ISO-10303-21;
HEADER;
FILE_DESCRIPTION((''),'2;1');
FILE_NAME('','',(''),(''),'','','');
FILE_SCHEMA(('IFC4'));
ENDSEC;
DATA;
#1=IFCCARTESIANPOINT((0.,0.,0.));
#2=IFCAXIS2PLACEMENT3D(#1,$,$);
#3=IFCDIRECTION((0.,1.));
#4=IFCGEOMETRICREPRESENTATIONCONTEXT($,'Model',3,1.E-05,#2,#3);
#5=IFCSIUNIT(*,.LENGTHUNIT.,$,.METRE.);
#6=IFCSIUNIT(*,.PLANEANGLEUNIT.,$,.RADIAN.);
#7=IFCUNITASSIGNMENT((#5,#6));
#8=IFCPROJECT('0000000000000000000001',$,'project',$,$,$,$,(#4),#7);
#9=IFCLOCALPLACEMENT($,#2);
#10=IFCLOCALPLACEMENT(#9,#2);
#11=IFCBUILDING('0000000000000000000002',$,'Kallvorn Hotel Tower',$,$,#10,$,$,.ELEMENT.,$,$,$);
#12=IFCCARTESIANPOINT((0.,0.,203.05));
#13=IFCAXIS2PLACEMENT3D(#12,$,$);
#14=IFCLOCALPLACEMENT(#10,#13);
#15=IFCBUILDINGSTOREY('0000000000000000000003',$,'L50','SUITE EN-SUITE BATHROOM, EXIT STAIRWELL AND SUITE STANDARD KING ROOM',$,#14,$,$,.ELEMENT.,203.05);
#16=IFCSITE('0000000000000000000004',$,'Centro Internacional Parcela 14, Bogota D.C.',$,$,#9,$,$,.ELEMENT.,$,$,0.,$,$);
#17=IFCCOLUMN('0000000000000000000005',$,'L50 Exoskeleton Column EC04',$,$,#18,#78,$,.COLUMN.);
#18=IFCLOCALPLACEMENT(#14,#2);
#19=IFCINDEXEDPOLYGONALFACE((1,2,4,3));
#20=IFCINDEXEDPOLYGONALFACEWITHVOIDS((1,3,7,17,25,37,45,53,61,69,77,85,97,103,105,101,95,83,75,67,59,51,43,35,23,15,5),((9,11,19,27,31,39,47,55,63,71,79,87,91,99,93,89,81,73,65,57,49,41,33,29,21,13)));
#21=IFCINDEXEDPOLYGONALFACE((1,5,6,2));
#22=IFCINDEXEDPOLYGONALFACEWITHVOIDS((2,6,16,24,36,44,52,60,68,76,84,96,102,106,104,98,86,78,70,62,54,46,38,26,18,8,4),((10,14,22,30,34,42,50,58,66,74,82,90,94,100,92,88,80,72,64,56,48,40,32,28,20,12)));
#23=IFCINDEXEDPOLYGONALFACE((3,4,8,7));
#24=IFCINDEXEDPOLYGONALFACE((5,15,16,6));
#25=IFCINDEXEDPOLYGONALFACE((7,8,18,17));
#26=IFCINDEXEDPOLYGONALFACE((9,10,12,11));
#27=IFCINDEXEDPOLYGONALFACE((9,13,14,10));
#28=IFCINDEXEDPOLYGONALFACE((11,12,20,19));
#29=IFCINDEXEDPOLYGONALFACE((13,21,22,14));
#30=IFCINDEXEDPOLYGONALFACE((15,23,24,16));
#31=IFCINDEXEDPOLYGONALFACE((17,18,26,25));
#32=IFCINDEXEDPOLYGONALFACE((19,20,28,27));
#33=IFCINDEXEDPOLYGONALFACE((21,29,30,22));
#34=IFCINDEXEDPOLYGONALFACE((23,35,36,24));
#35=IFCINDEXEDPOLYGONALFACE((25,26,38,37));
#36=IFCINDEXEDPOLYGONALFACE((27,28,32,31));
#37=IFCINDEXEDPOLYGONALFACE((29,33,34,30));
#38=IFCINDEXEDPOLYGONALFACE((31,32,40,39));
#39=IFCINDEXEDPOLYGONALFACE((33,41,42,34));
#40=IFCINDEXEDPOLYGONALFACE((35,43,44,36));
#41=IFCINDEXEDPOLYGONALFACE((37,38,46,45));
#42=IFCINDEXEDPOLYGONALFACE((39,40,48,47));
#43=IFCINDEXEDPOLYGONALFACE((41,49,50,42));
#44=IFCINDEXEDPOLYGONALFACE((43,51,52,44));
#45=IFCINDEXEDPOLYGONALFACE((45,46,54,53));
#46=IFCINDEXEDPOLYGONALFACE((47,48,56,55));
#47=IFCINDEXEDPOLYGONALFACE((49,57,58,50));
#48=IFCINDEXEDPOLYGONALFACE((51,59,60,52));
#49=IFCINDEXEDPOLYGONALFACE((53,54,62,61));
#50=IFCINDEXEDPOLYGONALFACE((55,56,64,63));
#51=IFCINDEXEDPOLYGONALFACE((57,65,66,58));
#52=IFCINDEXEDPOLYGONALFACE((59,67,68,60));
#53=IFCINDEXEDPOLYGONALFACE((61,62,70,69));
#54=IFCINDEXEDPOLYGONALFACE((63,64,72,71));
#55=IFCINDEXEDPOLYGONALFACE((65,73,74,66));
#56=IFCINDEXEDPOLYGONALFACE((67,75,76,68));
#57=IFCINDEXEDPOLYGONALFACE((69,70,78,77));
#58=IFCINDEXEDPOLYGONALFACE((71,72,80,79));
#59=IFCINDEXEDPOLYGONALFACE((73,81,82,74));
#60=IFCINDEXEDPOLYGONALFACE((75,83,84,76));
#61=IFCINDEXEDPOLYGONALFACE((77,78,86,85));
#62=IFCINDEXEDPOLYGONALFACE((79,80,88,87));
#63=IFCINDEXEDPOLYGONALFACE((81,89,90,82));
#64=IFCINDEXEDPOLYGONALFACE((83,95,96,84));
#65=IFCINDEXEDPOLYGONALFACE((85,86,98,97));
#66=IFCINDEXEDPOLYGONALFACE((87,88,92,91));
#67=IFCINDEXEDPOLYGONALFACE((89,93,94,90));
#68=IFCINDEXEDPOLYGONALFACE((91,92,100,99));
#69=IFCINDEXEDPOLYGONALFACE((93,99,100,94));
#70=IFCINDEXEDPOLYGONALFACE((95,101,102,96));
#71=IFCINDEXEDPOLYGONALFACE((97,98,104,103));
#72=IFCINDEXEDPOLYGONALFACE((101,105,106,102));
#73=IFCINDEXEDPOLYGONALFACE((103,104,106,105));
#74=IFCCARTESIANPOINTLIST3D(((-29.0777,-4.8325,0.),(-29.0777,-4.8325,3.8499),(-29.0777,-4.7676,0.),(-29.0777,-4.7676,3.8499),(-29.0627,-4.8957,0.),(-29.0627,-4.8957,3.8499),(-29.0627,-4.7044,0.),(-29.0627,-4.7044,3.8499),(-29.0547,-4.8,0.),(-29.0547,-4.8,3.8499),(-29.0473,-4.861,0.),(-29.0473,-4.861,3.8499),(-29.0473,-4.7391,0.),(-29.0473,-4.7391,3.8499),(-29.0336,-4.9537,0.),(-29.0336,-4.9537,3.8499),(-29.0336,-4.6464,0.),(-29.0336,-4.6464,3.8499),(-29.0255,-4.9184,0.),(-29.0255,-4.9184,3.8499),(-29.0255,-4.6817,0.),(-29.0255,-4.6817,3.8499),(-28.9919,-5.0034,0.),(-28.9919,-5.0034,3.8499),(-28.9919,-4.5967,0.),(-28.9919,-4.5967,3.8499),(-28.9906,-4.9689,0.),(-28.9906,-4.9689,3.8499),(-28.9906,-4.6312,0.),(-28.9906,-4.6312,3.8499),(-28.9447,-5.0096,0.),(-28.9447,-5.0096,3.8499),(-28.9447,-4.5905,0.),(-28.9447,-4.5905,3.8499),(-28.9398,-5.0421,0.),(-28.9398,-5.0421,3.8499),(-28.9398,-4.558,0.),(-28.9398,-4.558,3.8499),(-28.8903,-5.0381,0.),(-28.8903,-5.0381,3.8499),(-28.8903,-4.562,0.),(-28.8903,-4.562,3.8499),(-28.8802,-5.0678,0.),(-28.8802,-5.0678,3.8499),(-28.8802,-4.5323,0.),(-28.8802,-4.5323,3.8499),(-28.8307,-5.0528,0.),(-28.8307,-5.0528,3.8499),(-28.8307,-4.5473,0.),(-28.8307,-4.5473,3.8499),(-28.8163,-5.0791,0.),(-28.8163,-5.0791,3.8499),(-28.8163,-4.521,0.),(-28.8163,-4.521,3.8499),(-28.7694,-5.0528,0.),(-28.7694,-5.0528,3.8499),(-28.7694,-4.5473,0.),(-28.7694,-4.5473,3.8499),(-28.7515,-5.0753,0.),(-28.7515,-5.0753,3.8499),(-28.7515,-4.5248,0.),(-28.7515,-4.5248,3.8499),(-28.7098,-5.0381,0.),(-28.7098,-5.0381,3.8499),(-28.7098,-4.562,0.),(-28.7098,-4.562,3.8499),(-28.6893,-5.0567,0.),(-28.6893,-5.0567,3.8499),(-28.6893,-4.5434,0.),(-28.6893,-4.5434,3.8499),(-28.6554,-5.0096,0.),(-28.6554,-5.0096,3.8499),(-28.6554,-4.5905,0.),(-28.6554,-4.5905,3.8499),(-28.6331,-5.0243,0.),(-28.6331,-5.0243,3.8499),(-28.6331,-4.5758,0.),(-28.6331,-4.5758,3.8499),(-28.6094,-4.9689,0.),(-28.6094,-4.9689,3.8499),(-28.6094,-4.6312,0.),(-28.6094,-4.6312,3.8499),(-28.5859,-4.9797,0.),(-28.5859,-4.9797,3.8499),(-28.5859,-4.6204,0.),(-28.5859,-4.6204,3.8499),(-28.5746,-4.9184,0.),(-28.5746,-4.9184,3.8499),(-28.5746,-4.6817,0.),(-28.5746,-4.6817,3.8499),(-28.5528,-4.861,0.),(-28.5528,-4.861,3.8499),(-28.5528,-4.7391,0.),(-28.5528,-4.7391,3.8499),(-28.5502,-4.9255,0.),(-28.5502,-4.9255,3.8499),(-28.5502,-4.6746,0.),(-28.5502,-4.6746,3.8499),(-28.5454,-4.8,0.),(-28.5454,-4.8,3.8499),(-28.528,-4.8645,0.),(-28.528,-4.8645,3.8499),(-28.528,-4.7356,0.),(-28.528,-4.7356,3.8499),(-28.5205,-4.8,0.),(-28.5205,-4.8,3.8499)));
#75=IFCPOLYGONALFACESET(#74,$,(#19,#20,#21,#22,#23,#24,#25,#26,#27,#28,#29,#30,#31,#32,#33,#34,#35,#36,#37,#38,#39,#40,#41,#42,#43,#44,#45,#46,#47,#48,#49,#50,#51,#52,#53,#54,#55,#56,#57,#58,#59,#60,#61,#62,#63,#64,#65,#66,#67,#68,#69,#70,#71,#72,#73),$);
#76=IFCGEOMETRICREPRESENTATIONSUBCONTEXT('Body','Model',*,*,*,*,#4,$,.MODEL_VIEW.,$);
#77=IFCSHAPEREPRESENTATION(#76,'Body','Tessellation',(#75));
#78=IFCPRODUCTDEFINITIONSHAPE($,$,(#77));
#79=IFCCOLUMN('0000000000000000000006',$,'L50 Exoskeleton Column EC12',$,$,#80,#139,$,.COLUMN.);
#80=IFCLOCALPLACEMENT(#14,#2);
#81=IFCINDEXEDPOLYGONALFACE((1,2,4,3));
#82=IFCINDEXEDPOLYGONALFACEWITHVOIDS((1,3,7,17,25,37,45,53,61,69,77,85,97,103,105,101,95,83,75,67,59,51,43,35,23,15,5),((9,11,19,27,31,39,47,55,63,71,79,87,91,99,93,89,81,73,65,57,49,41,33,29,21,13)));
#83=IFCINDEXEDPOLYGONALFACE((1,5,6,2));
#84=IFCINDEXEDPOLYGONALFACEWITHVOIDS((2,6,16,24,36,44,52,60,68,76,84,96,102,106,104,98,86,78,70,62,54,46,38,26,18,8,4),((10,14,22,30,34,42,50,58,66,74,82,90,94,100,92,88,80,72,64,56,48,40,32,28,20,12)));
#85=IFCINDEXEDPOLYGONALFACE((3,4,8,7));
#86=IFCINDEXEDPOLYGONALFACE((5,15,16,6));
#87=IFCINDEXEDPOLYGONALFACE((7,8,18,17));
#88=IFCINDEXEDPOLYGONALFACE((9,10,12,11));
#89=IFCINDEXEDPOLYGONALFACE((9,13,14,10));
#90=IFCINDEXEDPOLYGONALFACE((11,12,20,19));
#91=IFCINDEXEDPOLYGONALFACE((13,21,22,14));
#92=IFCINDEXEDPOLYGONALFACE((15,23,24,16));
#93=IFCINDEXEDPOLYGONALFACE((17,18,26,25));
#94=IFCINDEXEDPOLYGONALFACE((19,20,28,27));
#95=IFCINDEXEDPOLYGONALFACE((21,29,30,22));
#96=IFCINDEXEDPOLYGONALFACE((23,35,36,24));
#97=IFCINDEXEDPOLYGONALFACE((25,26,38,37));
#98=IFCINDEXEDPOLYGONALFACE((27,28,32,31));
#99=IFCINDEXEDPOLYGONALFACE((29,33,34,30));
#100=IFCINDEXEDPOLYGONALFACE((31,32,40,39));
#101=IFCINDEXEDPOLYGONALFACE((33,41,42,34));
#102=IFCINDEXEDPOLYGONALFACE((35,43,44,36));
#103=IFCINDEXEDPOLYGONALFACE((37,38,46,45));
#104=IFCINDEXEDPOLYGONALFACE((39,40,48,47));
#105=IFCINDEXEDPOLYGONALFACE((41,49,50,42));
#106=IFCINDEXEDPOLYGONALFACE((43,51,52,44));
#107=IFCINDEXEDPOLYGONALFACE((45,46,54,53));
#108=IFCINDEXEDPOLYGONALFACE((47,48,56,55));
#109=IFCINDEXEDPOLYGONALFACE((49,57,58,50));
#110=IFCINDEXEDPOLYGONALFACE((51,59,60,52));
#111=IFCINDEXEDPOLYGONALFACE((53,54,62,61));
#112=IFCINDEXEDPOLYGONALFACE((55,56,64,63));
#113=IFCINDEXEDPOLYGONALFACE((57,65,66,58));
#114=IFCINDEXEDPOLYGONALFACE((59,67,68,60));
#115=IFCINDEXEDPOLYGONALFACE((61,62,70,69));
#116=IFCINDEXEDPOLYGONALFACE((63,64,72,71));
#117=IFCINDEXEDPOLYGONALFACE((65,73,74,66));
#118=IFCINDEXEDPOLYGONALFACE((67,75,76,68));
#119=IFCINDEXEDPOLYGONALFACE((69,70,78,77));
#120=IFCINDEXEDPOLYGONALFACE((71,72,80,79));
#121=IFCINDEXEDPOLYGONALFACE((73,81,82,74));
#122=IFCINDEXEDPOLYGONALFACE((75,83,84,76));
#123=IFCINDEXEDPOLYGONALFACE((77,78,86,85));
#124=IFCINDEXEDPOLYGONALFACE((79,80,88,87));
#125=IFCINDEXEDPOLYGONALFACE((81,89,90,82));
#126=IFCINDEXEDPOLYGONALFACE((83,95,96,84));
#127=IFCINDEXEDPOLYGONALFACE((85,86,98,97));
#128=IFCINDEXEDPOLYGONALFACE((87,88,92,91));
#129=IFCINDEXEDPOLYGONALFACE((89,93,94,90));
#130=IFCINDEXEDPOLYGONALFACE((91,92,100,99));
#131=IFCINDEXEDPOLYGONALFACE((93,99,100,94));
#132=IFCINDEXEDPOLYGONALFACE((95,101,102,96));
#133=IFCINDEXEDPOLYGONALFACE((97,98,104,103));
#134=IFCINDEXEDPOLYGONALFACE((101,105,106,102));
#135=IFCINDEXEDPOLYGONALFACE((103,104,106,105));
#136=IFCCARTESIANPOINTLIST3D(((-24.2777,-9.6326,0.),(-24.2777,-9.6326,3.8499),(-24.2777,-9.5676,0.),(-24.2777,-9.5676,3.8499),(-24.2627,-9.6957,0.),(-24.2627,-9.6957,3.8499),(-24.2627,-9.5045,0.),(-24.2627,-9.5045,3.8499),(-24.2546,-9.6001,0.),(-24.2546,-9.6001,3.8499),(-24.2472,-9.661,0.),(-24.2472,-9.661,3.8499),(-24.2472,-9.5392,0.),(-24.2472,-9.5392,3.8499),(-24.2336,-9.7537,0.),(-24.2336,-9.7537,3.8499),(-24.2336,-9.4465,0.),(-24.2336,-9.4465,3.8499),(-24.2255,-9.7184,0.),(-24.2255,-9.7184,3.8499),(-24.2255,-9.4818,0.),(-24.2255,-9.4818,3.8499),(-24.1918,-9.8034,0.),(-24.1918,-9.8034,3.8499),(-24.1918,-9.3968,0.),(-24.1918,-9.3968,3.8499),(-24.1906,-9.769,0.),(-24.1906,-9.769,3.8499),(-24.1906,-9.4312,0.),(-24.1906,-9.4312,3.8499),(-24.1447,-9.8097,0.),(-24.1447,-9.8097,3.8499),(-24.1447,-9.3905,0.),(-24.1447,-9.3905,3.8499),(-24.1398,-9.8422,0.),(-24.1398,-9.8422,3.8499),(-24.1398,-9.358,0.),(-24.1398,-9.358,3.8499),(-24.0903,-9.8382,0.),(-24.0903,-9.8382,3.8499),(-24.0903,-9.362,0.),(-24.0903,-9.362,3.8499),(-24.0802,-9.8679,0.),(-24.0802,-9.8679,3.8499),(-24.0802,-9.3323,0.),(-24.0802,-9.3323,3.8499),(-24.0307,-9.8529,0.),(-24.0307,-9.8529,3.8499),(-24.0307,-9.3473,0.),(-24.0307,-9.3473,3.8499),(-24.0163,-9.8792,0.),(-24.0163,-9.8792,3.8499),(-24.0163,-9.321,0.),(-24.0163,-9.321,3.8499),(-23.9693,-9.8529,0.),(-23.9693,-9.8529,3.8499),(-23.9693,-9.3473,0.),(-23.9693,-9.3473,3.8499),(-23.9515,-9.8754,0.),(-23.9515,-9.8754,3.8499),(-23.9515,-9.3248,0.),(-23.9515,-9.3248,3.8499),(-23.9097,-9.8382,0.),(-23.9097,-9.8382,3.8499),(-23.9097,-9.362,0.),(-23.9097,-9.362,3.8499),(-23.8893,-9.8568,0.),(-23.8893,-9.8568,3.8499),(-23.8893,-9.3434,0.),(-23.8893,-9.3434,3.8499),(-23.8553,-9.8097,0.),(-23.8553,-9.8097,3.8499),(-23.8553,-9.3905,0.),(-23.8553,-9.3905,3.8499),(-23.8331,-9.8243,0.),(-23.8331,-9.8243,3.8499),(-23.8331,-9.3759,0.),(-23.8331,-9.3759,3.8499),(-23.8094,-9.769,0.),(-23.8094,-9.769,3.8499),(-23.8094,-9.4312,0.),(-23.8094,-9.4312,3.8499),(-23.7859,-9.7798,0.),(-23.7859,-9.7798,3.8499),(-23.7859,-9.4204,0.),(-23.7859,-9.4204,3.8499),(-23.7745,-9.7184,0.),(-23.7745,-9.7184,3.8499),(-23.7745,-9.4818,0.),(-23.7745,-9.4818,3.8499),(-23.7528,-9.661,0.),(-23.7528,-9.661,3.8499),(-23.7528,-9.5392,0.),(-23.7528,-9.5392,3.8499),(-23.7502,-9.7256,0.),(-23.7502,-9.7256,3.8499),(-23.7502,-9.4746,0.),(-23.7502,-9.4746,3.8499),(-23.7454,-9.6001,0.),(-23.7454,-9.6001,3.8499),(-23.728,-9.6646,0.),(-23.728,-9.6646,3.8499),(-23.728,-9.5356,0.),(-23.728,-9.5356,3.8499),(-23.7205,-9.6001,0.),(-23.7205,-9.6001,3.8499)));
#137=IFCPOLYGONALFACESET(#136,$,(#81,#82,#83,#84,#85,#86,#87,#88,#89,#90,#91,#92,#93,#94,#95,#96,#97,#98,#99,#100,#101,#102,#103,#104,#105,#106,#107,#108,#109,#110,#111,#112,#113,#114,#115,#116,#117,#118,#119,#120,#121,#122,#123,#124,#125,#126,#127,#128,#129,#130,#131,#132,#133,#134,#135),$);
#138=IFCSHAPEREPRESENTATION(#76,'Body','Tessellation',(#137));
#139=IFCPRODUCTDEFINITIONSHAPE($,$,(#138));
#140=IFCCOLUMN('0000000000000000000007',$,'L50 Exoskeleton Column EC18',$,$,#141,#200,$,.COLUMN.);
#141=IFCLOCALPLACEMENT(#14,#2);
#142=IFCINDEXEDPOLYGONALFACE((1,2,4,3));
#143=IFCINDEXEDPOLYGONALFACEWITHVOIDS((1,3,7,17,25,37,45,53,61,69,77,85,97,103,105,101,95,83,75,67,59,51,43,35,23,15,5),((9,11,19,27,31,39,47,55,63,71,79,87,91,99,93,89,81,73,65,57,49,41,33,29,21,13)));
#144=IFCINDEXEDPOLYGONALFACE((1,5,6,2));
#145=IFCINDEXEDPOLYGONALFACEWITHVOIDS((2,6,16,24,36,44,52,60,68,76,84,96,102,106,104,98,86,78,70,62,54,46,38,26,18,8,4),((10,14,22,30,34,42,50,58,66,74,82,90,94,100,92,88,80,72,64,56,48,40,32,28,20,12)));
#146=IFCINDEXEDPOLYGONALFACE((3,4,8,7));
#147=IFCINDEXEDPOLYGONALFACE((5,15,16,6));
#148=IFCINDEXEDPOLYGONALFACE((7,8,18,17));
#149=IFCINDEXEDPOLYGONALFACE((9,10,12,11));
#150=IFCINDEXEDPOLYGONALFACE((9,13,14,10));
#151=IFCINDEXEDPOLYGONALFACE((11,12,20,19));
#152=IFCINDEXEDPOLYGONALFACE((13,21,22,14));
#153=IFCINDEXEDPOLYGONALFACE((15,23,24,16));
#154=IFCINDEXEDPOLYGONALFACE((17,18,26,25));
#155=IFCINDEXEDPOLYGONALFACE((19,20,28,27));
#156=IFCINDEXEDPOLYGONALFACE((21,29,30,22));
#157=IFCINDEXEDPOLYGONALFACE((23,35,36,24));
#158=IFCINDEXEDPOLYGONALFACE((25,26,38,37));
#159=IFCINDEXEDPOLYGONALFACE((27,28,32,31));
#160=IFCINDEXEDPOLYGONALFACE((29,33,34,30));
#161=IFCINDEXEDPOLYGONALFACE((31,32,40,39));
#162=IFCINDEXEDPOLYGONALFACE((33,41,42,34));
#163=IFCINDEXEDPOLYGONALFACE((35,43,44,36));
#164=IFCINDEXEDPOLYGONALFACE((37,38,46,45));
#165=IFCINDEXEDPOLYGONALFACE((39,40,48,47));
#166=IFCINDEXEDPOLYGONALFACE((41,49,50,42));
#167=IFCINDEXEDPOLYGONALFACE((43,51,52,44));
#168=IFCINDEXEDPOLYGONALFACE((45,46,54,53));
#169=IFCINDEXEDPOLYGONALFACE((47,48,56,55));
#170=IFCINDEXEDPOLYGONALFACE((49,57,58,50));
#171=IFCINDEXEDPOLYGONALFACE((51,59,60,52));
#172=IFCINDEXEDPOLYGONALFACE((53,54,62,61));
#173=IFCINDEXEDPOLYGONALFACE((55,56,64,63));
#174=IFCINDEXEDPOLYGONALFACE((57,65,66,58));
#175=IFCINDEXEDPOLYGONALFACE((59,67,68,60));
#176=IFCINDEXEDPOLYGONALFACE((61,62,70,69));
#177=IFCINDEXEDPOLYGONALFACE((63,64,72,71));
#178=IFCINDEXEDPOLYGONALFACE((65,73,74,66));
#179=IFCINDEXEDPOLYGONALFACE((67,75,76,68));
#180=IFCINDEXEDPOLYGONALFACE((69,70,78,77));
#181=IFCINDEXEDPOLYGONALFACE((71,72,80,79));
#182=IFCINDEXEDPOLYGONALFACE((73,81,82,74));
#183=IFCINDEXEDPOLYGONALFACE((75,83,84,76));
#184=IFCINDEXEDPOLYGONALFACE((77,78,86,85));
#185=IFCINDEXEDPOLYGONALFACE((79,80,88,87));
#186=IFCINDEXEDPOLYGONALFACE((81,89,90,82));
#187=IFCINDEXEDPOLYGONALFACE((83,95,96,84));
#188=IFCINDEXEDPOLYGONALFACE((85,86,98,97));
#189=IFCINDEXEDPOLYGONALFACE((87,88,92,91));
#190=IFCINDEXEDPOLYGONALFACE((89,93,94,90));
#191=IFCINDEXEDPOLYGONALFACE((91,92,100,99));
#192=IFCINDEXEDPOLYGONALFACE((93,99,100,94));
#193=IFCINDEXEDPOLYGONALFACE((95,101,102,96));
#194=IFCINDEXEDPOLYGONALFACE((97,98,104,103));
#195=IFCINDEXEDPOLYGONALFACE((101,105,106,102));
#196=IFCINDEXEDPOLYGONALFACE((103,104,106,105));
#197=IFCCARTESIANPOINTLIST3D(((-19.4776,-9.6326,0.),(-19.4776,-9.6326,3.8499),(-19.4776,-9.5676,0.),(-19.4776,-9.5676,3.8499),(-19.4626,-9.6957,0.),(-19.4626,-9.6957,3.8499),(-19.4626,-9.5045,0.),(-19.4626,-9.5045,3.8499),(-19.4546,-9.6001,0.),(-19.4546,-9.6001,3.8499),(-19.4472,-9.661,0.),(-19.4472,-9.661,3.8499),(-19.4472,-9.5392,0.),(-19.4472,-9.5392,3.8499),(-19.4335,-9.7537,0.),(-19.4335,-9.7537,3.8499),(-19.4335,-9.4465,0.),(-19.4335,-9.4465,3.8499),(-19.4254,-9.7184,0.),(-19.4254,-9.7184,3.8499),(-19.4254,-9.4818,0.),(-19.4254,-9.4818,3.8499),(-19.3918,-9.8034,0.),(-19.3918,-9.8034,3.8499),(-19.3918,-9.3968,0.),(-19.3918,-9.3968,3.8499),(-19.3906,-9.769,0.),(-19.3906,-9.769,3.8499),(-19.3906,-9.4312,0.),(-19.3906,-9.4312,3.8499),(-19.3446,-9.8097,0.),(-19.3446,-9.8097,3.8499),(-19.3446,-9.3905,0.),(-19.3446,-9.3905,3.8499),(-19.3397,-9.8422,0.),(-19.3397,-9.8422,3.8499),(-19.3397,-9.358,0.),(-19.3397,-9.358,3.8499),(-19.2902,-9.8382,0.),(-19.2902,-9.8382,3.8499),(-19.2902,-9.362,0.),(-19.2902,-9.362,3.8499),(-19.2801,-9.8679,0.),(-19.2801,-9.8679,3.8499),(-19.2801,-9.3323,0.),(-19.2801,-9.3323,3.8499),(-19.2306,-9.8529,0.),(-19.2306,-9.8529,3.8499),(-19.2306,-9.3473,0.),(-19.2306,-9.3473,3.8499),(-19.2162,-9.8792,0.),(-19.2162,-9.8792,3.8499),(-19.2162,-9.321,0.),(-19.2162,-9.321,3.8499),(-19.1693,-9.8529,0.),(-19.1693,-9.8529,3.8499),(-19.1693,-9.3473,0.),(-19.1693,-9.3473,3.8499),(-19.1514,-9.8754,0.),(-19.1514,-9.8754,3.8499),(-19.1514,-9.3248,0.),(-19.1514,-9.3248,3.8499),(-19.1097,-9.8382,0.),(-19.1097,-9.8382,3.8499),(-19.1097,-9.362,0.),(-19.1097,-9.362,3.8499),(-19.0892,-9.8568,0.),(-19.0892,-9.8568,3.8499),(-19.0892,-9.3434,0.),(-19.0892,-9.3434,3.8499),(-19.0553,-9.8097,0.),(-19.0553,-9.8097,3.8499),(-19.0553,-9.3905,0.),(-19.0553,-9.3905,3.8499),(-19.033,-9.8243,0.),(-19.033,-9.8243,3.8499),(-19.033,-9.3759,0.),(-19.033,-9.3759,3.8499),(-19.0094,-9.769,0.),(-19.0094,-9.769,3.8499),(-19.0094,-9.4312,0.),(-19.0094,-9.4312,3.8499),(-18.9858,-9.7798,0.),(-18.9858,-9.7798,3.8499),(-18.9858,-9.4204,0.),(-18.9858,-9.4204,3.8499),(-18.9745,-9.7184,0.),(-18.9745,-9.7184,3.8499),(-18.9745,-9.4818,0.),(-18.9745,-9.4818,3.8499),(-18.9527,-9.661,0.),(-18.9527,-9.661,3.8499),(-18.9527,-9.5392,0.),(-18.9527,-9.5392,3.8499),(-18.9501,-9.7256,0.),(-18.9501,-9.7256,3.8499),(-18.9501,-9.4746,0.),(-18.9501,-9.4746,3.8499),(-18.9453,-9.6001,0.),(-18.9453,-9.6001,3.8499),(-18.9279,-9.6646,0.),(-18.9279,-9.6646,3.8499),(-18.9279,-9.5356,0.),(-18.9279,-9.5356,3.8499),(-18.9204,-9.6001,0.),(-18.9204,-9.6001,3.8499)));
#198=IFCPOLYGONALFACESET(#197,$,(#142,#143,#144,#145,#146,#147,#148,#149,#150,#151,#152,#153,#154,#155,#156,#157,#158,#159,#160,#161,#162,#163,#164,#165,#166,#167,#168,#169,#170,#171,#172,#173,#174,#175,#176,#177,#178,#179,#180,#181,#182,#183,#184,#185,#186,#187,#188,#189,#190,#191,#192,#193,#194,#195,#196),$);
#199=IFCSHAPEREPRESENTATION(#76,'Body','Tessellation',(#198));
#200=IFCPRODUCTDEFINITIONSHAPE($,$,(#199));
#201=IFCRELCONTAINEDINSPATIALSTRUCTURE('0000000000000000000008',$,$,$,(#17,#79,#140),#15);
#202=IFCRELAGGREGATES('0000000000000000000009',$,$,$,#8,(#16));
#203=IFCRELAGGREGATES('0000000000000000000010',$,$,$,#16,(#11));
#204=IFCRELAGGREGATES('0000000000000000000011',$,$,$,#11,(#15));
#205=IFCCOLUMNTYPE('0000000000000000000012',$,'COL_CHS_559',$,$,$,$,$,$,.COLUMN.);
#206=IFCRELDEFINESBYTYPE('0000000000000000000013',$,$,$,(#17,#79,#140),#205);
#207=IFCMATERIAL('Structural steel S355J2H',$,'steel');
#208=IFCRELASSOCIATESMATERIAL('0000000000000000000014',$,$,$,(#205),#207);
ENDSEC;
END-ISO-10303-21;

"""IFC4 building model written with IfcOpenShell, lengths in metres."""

from ifc_helpers import new_model, si_unit, direction, frame, origin, origin_2d, place, context, subcontext, project, spatial, hollow_circle, extrude, material, material_profile, profile_set, type_object, element, save


model = new_model("IFC4")

# Units and contexts
model_context = context("Model", 3, precision=1e-05, world=origin(), true_north=direction((0.0, 1.0)))
body_context = subcontext(model_context, "Body", "Model", "MODEL_VIEW")
ifc_project = project(units=[si_unit("LENGTHUNIT", "METRE"), si_unit("PLANEANGLEUNIT", "RADIAN")], contexts=[model_context])

# Site, building, storey
site_placement = place(None, origin())
site = spatial("IfcSite", under=ifc_project, at=site_placement, Name="Centro Internacional Parcela 14, Bogota D.C.", CompositionType="ELEMENT", RefElevation=0.0)
building_placement = place(site_placement, origin())
building = spatial("IfcBuilding", under=site, at=building_placement, Name="Kallvorn Hotel Tower", CompositionType="ELEMENT")
storey_placement = place(building_placement, frame((0.0, 0.0, 203.05)))
storey = spatial("IfcBuildingStorey", under=building, at=storey_placement, Name="L50", Description="SUITE EN-SUITE BATHROOM, EXIT STAIRWELL AND SUITE STANDARD KING ROOM", CompositionType="ELEMENT", Elevation=203.05)

# Columns
ifc_material_1 = material(Name="Structural steel S355J2H", Category="steel")
ifc_material_profile_1 = material_profile(ifc_material_1, hollow_circle(Radius=0.2795, WallThickness=0.0249, at=origin_2d()), Name="CHS 559x25")
ifc_profile_set_1 = profile_set([ifc_material_profile_1], Name="Structural steel S355J2H")
column_type_1 = type_object("IfcColumnType", Name="COL_CHS_559", PredefinedType="COLUMN", material=ifc_profile_set_1)
for number, where, z_axis, x_axis, name in (
    (1, (-28.8, -4.8, 0.0), (0.0, 0.0, 1.0), (1.0, 0.0, 0.0), "L50 Exoskeleton Column EC04"),
    (2, (-24.0, -9.6001, 0.0), (0.0, 0.0, 1.0), (1.0, 0.0, 0.0), "L50 Exoskeleton Column EC12"),
    (3, (-19.2, -9.6001, 0.0), (0.0, 0.0, 1.0), (1.0, 0.0, 0.0), "L50 Exoskeleton Column EC18"),
):
    element("IfcColumn", number, at=place(storey_placement, frame(where, z_axis=z_axis, x_axis=x_axis)), inside=storey, type_object=column_type_1, Name=name, PredefinedType="COLUMN", context=body_context, shape_type="SweptSolid", body=[
        extrude(hollow_circle(Radius=0.2795, WallThickness=0.0249, at=origin_2d()), origin(), (0.0, 0.0, 1.0), 3.8499),
    ])

save(model, "model.ifc")
